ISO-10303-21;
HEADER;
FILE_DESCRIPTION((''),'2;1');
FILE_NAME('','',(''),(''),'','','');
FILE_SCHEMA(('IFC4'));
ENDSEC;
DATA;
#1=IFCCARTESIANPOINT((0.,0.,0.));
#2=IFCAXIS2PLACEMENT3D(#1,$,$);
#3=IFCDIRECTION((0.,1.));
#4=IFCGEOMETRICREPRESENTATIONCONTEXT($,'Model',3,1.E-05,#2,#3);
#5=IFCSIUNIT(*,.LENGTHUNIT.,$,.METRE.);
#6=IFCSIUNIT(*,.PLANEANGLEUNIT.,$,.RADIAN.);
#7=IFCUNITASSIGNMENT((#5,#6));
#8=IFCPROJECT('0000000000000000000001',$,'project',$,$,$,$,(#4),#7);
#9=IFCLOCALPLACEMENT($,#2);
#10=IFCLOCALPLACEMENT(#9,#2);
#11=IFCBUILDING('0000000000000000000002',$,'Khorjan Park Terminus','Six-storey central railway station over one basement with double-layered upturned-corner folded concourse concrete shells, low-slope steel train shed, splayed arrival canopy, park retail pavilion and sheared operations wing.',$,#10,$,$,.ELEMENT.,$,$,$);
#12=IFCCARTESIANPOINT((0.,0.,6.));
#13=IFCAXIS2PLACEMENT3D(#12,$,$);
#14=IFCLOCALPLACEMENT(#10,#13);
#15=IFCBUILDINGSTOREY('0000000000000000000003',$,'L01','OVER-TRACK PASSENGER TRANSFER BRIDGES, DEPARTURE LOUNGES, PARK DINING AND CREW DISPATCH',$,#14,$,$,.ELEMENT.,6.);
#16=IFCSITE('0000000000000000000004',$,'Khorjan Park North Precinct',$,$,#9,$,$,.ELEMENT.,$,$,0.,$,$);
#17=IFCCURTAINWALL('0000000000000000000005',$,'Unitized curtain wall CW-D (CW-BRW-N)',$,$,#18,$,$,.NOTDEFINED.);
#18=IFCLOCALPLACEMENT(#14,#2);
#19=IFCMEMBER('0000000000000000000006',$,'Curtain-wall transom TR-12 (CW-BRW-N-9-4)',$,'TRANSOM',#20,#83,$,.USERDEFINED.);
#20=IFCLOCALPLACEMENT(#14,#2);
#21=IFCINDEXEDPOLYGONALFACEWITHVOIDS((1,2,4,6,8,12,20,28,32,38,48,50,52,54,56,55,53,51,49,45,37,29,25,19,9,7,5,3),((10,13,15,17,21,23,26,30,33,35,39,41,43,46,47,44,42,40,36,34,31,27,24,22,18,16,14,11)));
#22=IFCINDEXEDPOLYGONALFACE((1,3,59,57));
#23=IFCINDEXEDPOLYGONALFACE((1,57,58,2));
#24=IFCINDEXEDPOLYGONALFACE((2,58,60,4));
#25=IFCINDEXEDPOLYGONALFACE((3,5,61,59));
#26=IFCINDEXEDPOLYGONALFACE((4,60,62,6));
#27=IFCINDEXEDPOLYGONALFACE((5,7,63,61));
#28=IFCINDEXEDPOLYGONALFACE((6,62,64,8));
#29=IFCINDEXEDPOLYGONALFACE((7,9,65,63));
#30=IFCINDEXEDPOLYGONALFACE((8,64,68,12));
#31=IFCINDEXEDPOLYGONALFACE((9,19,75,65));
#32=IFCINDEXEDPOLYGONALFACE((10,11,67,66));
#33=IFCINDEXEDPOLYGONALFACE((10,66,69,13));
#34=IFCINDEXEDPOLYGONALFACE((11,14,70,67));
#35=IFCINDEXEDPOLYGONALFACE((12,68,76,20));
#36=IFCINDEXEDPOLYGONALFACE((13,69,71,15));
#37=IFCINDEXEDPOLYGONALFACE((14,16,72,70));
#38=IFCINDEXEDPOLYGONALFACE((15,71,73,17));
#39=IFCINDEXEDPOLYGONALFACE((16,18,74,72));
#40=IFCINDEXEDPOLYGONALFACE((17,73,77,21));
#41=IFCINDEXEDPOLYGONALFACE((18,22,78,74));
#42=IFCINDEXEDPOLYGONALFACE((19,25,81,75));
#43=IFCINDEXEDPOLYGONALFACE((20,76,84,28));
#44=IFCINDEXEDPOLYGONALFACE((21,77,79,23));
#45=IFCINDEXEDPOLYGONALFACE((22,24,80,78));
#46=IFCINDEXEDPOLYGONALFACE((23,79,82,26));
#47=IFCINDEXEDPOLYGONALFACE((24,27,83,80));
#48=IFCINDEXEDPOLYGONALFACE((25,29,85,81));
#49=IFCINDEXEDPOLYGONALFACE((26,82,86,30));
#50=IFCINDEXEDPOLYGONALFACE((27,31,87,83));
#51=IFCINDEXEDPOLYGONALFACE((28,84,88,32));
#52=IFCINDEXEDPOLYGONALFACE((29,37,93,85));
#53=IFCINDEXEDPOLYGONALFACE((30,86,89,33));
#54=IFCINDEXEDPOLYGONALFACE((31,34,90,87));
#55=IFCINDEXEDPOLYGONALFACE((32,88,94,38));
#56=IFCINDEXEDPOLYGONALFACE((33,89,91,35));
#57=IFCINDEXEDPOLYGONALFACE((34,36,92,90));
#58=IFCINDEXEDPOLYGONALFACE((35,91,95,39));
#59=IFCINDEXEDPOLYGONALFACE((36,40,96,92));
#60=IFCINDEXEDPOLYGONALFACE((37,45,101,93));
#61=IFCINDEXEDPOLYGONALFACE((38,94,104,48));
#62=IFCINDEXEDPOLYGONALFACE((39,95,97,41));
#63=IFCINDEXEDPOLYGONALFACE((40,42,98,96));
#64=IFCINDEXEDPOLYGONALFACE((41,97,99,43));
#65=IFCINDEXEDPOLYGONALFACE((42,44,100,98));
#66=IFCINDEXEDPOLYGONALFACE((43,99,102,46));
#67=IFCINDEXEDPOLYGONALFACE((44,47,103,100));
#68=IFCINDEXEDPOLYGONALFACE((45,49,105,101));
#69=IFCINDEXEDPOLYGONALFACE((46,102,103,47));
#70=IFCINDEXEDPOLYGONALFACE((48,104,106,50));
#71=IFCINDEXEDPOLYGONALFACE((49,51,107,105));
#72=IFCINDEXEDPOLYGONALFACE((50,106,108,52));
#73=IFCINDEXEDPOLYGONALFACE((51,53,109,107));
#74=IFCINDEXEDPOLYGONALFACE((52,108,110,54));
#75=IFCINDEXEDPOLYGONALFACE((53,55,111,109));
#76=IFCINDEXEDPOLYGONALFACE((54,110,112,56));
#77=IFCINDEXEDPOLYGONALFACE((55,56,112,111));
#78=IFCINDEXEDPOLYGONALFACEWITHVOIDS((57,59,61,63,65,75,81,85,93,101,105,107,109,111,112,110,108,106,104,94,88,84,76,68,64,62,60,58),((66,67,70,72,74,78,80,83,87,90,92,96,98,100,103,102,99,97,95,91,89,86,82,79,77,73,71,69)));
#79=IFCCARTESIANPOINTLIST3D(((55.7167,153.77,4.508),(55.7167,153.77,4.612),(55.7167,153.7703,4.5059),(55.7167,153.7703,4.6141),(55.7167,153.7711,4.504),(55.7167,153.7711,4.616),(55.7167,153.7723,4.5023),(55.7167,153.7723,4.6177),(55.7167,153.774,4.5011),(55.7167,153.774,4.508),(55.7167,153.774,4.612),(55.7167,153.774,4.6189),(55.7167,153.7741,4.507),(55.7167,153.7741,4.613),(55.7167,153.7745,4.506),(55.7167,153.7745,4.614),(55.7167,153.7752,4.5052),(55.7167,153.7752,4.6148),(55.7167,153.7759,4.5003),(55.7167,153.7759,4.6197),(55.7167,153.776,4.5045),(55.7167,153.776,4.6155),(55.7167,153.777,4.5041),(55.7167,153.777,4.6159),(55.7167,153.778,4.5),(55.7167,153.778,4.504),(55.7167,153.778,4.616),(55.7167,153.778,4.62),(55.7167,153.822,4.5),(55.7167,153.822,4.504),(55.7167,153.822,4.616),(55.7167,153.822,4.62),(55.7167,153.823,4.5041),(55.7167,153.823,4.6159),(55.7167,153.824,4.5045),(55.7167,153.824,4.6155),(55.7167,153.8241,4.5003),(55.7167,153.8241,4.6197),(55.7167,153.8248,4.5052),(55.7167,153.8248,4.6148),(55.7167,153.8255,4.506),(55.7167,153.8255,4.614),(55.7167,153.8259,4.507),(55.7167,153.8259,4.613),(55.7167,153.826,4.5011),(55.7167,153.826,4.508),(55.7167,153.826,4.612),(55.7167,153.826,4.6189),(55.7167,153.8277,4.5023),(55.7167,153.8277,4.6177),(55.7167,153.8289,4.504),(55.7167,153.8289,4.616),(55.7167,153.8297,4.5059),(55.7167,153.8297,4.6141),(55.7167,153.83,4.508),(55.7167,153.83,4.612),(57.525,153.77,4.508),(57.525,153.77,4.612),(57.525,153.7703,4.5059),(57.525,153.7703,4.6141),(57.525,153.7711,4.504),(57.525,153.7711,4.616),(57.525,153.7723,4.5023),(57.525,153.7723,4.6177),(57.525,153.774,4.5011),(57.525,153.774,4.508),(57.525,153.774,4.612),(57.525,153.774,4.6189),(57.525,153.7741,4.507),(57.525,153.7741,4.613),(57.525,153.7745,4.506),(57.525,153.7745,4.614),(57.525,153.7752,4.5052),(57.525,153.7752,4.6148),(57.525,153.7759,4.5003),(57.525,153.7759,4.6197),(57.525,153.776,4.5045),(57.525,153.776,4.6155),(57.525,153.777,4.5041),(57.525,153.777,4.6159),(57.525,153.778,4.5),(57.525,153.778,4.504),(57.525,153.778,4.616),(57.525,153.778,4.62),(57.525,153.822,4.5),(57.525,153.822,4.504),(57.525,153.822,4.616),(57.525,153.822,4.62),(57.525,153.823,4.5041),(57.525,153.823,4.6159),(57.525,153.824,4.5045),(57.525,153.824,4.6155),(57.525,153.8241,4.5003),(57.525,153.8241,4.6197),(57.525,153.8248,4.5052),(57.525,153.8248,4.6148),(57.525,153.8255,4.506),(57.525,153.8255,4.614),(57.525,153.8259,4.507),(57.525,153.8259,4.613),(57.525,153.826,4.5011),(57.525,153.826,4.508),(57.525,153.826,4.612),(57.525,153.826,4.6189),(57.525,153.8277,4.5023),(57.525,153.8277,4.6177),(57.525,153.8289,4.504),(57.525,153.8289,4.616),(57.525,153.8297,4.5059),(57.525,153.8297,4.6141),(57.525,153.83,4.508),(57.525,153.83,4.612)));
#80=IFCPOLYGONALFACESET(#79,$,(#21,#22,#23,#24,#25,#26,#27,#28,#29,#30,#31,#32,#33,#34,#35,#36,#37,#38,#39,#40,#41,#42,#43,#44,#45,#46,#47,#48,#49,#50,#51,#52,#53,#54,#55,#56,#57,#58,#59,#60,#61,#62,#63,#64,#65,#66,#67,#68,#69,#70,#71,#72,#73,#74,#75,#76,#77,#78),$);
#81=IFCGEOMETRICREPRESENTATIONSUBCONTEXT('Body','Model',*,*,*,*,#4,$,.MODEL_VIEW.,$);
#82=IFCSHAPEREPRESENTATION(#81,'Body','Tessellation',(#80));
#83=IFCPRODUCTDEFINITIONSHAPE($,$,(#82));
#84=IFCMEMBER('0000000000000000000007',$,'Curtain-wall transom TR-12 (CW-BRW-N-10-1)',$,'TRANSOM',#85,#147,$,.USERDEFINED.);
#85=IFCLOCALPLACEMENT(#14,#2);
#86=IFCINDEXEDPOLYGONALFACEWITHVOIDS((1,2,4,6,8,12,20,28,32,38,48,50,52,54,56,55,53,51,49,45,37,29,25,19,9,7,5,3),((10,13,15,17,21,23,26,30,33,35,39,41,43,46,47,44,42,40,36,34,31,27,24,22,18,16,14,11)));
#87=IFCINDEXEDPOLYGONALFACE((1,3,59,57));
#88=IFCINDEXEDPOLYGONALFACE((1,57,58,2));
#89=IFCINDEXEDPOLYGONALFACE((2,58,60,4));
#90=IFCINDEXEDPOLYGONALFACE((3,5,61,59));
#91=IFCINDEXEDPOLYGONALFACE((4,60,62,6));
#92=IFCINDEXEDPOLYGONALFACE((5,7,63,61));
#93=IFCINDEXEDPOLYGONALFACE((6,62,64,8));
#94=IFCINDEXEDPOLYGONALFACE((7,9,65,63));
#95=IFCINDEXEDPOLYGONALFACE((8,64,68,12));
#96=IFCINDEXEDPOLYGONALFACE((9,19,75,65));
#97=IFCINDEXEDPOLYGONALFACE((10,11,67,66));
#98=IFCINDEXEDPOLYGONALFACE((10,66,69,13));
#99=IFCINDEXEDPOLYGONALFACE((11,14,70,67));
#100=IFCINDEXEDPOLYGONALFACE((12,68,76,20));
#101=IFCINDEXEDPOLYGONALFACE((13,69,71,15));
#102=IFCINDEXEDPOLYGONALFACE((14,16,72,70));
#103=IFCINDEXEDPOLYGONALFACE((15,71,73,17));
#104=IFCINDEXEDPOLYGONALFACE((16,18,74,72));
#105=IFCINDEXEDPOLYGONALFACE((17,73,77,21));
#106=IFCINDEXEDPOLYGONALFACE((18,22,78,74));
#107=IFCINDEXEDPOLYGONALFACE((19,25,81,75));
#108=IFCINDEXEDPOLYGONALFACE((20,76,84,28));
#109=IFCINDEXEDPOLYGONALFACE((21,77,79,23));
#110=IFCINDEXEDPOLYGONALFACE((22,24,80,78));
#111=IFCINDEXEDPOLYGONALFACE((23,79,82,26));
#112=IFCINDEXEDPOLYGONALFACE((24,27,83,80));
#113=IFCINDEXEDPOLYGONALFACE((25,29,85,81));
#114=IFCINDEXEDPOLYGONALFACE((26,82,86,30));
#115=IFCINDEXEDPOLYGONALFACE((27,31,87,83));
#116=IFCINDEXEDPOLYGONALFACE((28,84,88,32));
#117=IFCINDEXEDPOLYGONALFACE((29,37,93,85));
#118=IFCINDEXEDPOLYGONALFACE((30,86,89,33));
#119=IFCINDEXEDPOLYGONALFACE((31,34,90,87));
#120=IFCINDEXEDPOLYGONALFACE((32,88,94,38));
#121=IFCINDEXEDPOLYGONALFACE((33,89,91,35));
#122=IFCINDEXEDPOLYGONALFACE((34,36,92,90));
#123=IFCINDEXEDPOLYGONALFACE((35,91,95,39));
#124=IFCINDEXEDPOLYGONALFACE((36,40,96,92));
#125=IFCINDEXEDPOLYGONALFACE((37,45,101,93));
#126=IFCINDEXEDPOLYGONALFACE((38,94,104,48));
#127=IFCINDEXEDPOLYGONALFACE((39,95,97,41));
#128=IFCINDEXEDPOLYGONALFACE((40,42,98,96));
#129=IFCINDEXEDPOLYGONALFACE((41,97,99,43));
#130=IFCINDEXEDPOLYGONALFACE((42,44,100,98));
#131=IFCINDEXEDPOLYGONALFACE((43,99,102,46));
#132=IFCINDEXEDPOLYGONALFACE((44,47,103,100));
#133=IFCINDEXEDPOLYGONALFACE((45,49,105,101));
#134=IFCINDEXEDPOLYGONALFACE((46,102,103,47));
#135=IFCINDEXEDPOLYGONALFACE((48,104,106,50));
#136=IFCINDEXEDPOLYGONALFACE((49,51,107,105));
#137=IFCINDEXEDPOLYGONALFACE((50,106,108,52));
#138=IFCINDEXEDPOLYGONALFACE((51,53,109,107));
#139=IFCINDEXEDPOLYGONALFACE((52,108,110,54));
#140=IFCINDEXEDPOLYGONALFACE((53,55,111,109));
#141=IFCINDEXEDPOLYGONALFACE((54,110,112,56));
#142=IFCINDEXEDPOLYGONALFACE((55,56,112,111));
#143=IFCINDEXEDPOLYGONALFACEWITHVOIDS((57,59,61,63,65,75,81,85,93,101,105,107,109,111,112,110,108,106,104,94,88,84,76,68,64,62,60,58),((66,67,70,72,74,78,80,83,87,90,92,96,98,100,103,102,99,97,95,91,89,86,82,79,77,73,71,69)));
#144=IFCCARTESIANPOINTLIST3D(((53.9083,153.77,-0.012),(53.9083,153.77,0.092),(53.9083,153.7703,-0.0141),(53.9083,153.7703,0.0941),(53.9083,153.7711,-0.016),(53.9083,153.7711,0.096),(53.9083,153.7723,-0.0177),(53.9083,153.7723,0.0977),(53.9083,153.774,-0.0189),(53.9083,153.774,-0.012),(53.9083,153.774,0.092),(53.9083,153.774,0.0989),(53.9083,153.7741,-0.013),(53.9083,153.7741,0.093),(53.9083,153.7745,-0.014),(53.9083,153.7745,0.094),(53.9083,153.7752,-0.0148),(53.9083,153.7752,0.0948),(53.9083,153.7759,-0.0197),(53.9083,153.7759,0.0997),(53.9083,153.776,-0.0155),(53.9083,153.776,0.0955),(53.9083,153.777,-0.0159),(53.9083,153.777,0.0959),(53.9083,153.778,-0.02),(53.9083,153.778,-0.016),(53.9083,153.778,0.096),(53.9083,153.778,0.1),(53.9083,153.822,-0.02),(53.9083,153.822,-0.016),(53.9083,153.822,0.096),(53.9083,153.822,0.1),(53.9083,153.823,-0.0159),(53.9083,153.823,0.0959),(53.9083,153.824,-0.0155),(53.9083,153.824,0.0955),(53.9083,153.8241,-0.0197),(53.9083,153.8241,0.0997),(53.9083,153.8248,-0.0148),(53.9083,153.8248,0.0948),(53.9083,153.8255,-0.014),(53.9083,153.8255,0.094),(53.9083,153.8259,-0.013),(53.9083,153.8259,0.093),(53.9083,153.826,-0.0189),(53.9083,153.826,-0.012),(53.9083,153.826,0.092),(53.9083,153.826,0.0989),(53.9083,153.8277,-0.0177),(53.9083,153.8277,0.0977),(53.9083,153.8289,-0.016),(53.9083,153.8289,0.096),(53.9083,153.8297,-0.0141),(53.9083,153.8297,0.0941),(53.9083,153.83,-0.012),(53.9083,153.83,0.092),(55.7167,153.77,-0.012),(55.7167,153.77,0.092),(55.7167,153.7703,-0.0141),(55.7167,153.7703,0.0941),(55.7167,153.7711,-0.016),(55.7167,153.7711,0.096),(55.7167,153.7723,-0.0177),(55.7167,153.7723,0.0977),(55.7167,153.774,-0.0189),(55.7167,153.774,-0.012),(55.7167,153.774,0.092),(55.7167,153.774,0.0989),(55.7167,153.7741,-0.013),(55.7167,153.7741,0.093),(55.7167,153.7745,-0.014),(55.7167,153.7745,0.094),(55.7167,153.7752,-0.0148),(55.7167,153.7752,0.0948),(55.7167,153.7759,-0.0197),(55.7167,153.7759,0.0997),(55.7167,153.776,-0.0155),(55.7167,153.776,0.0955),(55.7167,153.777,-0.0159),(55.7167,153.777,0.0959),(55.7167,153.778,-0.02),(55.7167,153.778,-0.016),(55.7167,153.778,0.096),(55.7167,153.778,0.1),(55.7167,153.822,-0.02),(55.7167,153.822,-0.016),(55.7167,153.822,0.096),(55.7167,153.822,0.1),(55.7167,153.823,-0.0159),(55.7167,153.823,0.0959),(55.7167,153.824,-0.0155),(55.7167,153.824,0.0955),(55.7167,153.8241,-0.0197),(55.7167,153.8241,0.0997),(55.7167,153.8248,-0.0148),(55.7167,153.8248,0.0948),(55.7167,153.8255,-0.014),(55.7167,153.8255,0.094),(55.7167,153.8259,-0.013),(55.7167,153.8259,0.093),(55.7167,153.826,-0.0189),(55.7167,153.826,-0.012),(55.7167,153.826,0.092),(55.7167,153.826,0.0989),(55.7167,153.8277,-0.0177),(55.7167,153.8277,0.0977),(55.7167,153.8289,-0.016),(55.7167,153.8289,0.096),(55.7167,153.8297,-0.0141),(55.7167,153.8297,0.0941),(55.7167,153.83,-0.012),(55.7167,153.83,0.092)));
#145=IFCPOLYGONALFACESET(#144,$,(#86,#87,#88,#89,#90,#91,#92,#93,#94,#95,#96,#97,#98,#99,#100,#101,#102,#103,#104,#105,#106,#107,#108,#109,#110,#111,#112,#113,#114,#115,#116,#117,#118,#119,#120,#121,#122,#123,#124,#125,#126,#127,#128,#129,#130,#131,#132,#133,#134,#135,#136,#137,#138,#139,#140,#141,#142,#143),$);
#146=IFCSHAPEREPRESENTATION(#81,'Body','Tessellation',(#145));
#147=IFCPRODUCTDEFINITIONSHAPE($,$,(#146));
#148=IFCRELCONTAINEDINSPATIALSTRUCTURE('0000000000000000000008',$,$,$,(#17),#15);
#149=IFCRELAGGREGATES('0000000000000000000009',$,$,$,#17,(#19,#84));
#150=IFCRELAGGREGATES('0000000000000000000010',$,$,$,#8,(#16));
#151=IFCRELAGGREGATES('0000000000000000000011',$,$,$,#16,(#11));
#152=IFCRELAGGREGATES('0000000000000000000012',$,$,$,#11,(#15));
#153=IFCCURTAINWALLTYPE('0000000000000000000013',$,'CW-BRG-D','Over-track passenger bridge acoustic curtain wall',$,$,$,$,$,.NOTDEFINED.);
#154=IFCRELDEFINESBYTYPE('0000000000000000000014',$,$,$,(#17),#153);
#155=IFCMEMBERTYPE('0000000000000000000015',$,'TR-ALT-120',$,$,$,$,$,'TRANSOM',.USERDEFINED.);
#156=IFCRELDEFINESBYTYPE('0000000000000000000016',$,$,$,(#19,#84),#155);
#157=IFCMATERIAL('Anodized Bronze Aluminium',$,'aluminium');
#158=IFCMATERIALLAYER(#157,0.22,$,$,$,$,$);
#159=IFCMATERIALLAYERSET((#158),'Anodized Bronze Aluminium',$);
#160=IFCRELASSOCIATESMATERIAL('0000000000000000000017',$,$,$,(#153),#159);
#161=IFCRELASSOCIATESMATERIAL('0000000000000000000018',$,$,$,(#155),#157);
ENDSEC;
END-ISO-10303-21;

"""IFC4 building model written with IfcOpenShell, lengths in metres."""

from ifc_helpers import new_model, si_unit, direction, frame, origin, origin_2d, place, context, subcontext, project, spatial, hollow_rectangle, extrude, material, layer, layer_set, material_profile, profile_set, type_object, element, aggregate, save


model = new_model("IFC4")

# Units and contexts
model_context = context("Model", 3, precision=1e-05, world=origin(), true_north=direction((0.0, 1.0)))
body_context = subcontext(model_context, "Body", "Model", "MODEL_VIEW")
ifc_project = project(units=[si_unit("LENGTHUNIT", "METRE"), si_unit("PLANEANGLEUNIT", "RADIAN")], contexts=[model_context])

# Site, building, storey
site_placement = place(None, origin())
site = spatial("IfcSite", under=ifc_project, at=site_placement, Name="Khorjan Park North Precinct", CompositionType="ELEMENT", RefElevation=0.0)
building_placement = place(site_placement, origin())
building = spatial("IfcBuilding", under=site, at=building_placement, Name="Khorjan Park Terminus", Description="Six-storey central railway station over one basement with double-layered upturned-corner folded concourse concrete shells, low-slope steel train shed, splayed arrival canopy, park retail pavilion and sheared operations wing.", CompositionType="ELEMENT")
storey_placement = place(building_placement, frame((0.0, 0.0, 6.0)))
storey = spatial("IfcBuildingStorey", under=building, at=storey_placement, Name="L01", Description="OVER-TRACK PASSENGER TRANSFER BRIDGES, DEPARTURE LOUNGES, PARK DINING AND CREW DISPATCH", CompositionType="ELEMENT", Elevation=6.0)

# Curtain wall
ifc_material_1 = material(Name="Anodized Bronze Aluminium", Category="aluminium")
ifc_layer_1 = layer(ifc_material_1, 0.22)
ifc_layer_set_1 = layer_set([ifc_layer_1], Name="Anodized Bronze Aluminium")
curtain_wall_type = type_object("IfcCurtainWallType", Name="CW-BRG-D", Description="Over-track passenger bridge acoustic curtain wall", PredefinedType="NOTDEFINED", material=ifc_layer_set_1)
curtain_wall_1_placement = place(storey_placement, origin())
curtain_wall_1 = element("IfcCurtainWall", 1, at=curtain_wall_1_placement, inside=storey, type_object=curtain_wall_type, Name="Unitized curtain wall CW-D (CW-BRW-N)", PredefinedType="NOTDEFINED")
ifc_material_profile_1 = material_profile(ifc_material_1, hollow_rectangle(XDim=0.06, YDim=0.12, WallThickness=0.004, InnerFilletRadius=0.004, OuterFilletRadius=0.008, at=origin_2d()), Name="ALT 60x120x4")
ifc_profile_set_1 = profile_set([ifc_material_profile_1], Name="Anodized Bronze Aluminium")
member_type_1 = type_object("IfcMemberType", Name="TR-ALT-120", ElementType="TRANSOM", PredefinedType="USERDEFINED", material=ifc_profile_set_1)

# Members
member_1_placement = place(storey_placement, frame((57.525, 153.8, 4.56), z_axis=(-1.0, 0.0, 0.0), x_axis=(0.0, -1.0, 0.0)))
member_1 = element("IfcMember", 2, at=member_1_placement, type_object=member_type_1, Name="Curtain-wall transom TR-12 (CW-BRW-N-9-4)", ObjectType="TRANSOM", PredefinedType="USERDEFINED", context=body_context, shape_type="SweptSolid", body=[
    extrude(hollow_rectangle(XDim=0.06, YDim=0.12, WallThickness=0.004, InnerFilletRadius=0.004, OuterFilletRadius=0.008, at=origin_2d()), origin(), (0.0, 0.0, 1.0), 1.8083),
])
member_2_placement = place(storey_placement, frame((55.7167, 153.8, 0.04), z_axis=(-1.0, 0.0, 0.0), x_axis=(0.0, -1.0, 0.0)))
member_2 = element("IfcMember", 3, at=member_2_placement, type_object=member_type_1, Name="Curtain-wall transom TR-12 (CW-BRW-N-10-1)", ObjectType="TRANSOM", PredefinedType="USERDEFINED", context=body_context, shape_type="SweptSolid", body=[
    extrude(hollow_rectangle(XDim=0.06, YDim=0.12, WallThickness=0.004, InnerFilletRadius=0.004, OuterFilletRadius=0.008, at=origin_2d()), origin(), (0.0, 0.0, 1.0), 1.8084),
])

aggregate(curtain_wall_1, [member_1, member_2])

save(model, "model.ifc")
